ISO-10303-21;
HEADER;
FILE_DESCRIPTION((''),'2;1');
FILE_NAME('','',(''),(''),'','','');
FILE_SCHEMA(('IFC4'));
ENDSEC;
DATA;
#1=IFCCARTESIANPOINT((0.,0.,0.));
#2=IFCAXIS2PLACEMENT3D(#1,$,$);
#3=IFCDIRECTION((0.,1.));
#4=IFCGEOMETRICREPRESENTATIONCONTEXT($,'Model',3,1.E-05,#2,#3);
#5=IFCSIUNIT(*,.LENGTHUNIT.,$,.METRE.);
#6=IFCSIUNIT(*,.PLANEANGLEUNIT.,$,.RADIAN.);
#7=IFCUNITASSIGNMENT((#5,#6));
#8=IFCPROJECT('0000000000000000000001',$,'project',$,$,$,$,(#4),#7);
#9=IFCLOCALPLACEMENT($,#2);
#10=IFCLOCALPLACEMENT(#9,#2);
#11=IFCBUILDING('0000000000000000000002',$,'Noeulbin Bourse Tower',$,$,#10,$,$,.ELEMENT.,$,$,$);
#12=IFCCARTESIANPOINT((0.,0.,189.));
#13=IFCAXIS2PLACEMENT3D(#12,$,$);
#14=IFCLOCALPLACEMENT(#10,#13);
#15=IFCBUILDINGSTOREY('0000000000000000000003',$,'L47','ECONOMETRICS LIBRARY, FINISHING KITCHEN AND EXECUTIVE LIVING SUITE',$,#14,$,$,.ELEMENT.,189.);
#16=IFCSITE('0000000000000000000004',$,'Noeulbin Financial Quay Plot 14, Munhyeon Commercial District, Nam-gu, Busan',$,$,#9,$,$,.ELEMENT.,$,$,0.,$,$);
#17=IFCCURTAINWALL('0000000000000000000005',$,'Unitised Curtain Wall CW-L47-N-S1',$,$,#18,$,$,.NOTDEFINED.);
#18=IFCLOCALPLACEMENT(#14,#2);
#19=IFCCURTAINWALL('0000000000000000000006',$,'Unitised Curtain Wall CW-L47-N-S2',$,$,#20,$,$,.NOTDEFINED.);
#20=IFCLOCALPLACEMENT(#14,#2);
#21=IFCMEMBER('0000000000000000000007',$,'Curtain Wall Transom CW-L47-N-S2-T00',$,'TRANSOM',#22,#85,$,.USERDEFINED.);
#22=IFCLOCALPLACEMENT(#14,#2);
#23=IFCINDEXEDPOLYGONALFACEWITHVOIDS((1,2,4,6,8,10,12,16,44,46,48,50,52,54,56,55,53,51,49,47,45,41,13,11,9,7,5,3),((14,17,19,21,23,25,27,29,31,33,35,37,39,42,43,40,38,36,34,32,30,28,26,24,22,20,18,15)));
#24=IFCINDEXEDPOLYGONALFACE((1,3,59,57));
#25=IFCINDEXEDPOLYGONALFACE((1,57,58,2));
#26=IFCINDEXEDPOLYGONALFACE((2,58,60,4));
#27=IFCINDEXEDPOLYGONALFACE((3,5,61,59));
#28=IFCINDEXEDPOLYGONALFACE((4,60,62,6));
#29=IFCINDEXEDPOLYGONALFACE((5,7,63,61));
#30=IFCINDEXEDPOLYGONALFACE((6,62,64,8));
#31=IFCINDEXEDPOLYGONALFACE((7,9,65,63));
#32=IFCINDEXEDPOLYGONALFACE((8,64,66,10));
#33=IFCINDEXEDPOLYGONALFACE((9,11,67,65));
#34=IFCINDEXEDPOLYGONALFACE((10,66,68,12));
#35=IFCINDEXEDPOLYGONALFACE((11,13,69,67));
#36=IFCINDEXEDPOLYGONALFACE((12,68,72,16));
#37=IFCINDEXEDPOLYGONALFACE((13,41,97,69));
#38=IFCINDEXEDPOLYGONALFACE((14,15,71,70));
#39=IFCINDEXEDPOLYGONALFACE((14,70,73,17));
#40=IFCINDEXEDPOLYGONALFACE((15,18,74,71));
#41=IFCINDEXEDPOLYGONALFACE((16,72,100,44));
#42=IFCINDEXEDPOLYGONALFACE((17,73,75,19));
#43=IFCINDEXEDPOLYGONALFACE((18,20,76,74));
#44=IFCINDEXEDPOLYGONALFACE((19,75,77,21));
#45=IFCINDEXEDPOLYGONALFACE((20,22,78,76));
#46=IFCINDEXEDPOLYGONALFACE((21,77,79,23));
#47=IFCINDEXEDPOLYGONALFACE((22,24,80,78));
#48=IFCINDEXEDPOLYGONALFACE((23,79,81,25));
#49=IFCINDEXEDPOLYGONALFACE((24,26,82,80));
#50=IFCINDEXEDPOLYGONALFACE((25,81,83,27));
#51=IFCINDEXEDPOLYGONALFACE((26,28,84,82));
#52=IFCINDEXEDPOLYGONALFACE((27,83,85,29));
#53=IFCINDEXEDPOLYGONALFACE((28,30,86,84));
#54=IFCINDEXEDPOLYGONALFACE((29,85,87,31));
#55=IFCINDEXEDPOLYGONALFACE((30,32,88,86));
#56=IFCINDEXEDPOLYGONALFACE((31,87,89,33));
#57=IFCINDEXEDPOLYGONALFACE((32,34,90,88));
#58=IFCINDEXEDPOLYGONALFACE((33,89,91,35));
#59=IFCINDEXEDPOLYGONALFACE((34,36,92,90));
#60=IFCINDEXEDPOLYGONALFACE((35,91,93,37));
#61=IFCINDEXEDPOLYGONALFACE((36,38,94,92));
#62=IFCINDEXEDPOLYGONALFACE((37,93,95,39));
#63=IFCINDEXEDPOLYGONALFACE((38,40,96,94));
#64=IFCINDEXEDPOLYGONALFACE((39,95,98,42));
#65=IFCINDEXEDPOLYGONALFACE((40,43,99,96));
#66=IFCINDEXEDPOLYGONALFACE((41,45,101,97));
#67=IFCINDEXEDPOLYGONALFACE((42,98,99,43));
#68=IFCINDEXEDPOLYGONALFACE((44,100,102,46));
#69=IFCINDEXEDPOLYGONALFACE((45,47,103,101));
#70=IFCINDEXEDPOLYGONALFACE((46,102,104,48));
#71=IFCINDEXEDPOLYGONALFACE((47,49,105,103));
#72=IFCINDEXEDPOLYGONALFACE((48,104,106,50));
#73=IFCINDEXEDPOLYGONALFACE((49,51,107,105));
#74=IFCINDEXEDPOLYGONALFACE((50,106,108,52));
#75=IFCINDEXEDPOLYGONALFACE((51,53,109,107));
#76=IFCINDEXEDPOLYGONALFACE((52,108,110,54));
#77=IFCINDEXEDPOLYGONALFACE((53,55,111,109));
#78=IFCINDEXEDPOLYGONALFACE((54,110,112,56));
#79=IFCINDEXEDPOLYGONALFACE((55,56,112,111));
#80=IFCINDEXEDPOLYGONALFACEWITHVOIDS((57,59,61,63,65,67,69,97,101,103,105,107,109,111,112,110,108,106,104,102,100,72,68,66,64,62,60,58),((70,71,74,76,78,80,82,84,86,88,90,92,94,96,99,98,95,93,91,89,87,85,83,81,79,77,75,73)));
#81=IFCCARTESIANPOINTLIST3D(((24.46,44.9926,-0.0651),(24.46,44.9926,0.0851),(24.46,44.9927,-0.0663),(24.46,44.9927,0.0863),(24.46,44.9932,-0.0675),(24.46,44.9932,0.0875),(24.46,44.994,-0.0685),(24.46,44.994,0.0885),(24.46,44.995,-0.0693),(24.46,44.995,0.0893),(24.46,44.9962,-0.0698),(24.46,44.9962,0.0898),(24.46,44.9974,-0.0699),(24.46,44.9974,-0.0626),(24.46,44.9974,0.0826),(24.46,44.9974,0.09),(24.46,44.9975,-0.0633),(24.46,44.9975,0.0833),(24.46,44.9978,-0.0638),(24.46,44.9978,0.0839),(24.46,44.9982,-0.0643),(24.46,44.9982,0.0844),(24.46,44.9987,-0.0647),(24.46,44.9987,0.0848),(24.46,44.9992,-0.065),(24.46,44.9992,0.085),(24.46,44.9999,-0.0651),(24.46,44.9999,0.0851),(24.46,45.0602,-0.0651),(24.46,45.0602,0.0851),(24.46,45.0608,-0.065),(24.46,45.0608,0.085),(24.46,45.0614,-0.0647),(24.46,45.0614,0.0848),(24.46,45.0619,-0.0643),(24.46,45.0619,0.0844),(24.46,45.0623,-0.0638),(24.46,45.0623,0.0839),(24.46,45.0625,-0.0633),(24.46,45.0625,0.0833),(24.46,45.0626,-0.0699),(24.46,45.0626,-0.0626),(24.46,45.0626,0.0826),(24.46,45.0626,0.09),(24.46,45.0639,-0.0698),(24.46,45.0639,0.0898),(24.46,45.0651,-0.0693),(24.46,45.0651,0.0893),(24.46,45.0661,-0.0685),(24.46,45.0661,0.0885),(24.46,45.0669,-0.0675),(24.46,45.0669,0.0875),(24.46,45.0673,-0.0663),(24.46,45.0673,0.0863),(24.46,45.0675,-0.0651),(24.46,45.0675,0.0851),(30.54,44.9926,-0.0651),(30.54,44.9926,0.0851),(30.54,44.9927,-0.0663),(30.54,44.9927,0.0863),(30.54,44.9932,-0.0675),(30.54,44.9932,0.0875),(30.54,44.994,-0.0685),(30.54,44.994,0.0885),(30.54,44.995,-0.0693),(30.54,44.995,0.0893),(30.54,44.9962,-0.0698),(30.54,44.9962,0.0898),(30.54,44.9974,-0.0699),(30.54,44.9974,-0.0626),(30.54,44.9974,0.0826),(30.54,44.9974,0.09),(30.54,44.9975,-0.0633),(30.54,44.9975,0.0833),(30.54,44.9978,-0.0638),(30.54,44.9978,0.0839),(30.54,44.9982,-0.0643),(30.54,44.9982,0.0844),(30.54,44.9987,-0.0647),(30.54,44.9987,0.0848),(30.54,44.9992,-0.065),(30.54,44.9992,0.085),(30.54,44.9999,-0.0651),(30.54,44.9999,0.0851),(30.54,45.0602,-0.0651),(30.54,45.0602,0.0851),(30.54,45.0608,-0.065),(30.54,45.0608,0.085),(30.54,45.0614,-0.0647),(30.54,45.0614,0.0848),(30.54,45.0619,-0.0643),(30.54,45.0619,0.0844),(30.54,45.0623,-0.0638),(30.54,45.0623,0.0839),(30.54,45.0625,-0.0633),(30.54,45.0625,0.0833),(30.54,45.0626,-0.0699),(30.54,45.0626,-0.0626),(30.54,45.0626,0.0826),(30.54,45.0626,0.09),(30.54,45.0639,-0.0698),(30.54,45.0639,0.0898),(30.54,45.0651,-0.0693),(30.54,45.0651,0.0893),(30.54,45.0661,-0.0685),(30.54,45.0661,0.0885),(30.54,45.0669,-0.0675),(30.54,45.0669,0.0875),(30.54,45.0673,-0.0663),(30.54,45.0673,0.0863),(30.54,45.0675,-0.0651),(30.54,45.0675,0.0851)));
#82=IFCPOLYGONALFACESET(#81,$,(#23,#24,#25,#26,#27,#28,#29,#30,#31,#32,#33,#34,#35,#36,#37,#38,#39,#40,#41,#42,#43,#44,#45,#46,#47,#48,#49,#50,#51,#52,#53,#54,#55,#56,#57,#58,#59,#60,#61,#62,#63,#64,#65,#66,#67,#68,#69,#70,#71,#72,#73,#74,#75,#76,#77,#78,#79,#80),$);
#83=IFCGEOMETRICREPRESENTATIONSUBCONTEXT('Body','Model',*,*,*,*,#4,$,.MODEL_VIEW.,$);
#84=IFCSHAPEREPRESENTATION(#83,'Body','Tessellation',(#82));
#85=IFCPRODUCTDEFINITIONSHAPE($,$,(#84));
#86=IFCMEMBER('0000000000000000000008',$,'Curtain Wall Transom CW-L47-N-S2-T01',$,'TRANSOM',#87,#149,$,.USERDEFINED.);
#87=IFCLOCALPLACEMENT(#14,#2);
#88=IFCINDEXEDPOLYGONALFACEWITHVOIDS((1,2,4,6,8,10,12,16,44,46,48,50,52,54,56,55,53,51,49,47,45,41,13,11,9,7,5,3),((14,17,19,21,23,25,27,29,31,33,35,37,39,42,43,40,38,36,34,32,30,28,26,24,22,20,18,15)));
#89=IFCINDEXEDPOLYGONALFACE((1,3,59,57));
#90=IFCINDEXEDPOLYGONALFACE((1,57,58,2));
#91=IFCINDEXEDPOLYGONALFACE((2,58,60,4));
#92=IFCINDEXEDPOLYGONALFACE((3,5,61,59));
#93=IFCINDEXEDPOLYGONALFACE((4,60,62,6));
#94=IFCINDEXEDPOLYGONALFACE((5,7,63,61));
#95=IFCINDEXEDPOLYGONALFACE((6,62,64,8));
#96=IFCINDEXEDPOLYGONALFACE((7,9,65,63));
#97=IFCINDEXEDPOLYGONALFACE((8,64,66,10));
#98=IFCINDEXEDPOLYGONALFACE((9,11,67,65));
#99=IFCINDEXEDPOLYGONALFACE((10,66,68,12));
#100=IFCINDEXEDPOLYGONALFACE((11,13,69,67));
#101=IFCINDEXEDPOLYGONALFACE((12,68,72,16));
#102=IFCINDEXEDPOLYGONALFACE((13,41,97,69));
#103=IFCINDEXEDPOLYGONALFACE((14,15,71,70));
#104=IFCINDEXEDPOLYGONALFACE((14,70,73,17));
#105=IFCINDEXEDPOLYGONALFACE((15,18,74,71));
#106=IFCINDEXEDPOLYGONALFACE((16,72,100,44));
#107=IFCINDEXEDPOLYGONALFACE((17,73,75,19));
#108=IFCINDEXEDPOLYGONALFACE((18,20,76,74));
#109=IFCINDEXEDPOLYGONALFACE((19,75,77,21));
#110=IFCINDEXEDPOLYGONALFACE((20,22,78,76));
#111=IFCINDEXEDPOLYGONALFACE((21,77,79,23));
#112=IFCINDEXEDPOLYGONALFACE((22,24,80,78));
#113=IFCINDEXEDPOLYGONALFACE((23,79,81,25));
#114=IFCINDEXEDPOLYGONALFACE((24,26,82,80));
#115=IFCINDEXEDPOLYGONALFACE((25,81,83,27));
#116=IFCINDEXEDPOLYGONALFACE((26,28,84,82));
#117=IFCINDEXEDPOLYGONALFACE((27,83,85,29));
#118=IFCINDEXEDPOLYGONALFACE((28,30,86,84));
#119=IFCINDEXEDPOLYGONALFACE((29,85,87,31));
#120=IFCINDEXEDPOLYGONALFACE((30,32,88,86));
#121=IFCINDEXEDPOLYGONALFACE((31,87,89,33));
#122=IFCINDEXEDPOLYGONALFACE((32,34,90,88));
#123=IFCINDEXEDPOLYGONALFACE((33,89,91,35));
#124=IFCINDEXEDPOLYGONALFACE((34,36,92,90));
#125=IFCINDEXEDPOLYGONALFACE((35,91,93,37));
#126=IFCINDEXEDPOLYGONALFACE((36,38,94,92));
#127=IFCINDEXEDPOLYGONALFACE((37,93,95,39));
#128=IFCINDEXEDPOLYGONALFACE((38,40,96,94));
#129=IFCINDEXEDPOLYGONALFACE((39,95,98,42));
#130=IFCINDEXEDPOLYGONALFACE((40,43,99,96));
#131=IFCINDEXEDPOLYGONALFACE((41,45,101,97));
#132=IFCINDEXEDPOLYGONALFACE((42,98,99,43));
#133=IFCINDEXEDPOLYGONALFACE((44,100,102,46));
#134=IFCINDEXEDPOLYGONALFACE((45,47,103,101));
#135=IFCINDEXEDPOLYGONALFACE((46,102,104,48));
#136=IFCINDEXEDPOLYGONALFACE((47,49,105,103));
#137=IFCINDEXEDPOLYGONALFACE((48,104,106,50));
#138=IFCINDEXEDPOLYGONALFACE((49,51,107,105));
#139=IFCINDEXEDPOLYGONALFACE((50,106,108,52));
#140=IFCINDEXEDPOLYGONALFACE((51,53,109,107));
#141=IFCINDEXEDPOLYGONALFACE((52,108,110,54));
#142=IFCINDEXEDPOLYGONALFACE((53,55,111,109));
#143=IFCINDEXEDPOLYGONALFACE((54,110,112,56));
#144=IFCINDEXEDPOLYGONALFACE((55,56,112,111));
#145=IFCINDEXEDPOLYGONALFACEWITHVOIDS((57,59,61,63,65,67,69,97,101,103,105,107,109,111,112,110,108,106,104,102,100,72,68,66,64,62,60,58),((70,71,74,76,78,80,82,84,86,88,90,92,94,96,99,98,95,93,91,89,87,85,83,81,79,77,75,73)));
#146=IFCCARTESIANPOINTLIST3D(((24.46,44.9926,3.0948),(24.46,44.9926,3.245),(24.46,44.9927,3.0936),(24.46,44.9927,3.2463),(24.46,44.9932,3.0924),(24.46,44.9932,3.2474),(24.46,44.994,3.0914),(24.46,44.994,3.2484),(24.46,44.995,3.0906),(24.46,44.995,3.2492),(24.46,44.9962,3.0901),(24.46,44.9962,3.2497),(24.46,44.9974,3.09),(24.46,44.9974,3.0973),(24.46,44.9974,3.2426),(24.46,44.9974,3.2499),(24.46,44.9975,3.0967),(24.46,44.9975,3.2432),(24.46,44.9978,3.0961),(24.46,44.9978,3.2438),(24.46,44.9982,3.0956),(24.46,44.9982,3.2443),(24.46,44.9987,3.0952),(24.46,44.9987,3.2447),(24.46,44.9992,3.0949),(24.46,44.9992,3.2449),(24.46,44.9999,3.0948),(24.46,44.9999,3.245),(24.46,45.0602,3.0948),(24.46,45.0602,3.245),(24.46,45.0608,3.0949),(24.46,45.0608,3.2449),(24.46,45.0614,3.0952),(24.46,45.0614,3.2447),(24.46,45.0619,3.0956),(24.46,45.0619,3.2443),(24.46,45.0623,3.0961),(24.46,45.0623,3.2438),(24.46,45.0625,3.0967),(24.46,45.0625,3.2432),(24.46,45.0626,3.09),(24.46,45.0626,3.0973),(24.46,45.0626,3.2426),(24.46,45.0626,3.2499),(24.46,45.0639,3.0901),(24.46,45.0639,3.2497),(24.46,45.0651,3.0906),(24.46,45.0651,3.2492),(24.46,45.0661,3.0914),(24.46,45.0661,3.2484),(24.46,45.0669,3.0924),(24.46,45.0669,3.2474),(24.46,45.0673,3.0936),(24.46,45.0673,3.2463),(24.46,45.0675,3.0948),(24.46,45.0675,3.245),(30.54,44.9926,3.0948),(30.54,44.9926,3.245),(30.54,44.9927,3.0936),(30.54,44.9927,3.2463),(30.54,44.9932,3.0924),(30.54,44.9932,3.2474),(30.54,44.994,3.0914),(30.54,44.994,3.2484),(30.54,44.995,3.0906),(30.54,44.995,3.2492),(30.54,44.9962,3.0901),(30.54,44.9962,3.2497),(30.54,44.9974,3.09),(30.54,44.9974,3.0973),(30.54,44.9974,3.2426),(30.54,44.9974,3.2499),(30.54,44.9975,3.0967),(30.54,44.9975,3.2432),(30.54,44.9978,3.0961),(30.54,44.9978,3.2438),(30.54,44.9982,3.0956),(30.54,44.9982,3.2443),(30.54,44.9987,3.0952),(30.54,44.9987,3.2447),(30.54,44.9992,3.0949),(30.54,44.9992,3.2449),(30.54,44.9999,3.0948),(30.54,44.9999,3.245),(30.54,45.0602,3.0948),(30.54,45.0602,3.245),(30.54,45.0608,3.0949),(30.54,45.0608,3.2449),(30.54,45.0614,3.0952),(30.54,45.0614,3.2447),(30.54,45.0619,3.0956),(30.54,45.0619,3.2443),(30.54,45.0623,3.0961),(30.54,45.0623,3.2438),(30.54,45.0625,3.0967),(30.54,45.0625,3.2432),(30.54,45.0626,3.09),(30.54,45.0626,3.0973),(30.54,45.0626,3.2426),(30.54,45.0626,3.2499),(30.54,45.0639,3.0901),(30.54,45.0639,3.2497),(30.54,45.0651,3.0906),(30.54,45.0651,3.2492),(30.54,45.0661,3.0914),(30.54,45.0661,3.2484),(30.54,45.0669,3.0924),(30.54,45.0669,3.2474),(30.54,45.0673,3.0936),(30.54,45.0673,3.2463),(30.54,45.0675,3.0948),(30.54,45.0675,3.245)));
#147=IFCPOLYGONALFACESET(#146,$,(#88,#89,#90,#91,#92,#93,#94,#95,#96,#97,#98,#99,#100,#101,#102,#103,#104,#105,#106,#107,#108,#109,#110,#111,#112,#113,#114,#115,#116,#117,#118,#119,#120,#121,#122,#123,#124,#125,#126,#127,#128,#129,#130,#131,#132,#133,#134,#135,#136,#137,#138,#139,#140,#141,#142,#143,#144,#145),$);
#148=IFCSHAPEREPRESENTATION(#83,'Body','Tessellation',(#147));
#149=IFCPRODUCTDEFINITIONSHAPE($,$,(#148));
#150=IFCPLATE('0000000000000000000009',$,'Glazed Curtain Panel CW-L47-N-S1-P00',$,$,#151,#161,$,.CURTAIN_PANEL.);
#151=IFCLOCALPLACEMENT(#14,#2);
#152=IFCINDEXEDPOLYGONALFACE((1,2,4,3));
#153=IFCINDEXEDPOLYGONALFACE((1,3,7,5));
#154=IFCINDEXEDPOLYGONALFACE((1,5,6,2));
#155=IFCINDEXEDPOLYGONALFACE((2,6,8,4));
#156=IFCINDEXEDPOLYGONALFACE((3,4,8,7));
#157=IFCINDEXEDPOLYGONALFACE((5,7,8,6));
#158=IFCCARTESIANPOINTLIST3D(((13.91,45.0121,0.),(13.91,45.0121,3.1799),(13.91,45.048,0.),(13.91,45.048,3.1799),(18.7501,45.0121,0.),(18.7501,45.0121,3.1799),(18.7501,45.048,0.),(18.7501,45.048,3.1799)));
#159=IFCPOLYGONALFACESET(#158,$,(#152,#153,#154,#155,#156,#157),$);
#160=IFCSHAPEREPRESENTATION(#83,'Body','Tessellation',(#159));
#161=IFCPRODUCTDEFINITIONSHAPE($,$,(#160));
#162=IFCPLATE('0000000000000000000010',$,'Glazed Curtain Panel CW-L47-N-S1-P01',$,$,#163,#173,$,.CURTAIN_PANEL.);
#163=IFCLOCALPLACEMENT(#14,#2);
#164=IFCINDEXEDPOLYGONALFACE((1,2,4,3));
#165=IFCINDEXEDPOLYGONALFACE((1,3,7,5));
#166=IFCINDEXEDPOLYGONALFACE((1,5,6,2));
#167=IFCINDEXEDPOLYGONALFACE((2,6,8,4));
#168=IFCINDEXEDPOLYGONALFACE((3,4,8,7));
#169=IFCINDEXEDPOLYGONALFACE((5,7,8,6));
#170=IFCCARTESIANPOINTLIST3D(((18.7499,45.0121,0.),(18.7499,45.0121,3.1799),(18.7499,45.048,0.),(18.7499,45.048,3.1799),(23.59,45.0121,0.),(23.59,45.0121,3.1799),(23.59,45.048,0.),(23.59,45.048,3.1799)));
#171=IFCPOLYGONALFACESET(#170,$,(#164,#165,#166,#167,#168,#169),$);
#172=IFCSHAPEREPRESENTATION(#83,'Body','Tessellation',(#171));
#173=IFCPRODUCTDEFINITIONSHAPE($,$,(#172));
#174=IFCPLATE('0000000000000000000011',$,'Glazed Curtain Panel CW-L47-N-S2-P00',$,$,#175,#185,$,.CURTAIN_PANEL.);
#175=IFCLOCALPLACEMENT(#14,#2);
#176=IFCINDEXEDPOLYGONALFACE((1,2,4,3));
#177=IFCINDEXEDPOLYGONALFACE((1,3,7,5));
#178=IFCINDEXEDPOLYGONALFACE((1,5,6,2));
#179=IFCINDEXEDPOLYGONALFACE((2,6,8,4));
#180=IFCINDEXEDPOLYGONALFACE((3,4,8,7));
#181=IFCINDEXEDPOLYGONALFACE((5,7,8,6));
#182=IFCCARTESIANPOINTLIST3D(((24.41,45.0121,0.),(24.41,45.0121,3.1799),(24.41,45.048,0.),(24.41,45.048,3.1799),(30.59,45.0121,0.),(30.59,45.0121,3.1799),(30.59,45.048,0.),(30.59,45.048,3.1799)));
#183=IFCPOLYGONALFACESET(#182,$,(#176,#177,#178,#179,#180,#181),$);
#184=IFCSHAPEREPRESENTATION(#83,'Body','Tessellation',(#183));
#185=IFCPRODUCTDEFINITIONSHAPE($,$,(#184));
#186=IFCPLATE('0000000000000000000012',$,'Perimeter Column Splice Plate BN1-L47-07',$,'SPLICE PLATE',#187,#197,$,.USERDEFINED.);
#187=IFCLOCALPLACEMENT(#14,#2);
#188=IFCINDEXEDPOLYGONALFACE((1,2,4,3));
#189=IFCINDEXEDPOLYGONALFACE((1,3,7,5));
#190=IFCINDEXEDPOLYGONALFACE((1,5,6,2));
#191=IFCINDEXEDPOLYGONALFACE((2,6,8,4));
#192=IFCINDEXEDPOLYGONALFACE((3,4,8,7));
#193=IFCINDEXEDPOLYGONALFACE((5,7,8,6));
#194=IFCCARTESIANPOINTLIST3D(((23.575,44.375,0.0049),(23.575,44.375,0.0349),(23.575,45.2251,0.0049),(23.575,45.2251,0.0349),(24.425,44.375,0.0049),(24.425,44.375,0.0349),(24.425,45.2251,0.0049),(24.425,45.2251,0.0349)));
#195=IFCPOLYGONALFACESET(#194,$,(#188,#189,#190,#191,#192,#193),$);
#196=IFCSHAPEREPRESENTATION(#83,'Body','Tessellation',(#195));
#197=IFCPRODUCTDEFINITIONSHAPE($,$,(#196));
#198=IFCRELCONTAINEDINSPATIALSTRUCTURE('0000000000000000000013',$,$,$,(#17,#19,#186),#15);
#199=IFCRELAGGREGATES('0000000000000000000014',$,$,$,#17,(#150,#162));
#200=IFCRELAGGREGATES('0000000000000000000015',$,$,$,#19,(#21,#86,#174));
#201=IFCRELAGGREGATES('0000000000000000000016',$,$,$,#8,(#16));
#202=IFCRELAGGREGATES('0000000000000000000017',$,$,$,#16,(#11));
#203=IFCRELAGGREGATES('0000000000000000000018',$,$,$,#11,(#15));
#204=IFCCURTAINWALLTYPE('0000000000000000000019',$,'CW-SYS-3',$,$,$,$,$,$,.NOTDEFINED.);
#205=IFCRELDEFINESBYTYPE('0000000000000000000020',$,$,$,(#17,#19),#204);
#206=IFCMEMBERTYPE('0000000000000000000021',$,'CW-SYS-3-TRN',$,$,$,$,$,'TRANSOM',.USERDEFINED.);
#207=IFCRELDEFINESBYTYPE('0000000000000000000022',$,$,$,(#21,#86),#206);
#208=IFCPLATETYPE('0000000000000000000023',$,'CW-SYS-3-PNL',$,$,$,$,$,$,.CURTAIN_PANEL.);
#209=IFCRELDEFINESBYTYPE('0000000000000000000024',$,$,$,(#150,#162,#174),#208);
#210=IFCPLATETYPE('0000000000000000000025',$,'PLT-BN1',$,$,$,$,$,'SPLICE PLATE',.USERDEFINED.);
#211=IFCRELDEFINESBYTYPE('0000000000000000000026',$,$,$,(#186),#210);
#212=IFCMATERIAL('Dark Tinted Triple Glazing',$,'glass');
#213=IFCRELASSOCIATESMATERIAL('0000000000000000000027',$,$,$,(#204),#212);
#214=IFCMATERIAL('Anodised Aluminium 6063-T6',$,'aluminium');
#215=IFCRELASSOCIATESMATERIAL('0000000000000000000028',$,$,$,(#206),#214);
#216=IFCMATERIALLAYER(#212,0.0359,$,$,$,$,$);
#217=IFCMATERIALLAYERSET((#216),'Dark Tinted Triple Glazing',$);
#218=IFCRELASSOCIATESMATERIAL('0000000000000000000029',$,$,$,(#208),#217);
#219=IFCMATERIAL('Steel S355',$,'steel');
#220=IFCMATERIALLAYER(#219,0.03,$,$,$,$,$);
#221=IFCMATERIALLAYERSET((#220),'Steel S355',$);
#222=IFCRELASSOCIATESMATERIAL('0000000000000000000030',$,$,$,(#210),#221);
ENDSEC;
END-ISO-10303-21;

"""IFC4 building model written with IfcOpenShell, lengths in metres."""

from ifc_helpers import new_model, si_unit, direction, frame, origin, origin_2d, place, context, subcontext, project, spatial, rectangle, hollow_rectangle, extrude, material, layer, layer_set, material_profile, profile_set, type_object, element, aggregate, save


model = new_model("IFC4")

# Units and contexts
model_context = context("Model", 3, precision=1e-05, world=origin(), true_north=direction((0.0, 1.0)))
body_context = subcontext(model_context, "Body", "Model", "MODEL_VIEW")
ifc_project = project(units=[si_unit("LENGTHUNIT", "METRE"), si_unit("PLANEANGLEUNIT", "RADIAN")], contexts=[model_context])

# Site, building, storey
site_placement = place(None, origin())
site = spatial("IfcSite", under=ifc_project, at=site_placement, Name="Noeulbin Financial Quay Plot 14, Munhyeon Commercial District, Nam-gu, Busan", CompositionType="ELEMENT", RefElevation=0.0)
building_placement = place(site_placement, origin())
building = spatial("IfcBuilding", under=site, at=building_placement, Name="Noeulbin Bourse Tower", CompositionType="ELEMENT")
storey_placement = place(building_placement, frame((0.0, 0.0, 189.0)))
storey = spatial("IfcBuildingStorey", under=building, at=storey_placement, Name="L47", Description="ECONOMETRICS LIBRARY, FINISHING KITCHEN AND EXECUTIVE LIVING SUITE", CompositionType="ELEMENT", Elevation=189.0)

# Shared definitions
ifc_material_1 = material(Name="Steel S355", Category="steel")

# Curtain walls, members
ifc_material_2 = material(Name="Dark Tinted Triple Glazing", Category="glass")
curtain_wall_type = type_object("IfcCurtainWallType", Name="CW-SYS-3", PredefinedType="NOTDEFINED", material=ifc_material_2)
curtain_wall_1_placement = place(storey_placement, origin())
curtain_wall_1 = element("IfcCurtainWall", 1, at=curtain_wall_1_placement, inside=storey, type_object=curtain_wall_type, Name="Unitised Curtain Wall CW-L47-N-S1", PredefinedType="NOTDEFINED")
ifc_material_3 = material(Name="Anodised Aluminium 6063-T6", Category="aluminium")
curtain_wall_2_placement = place(storey_placement, origin())
curtain_wall_2 = element("IfcCurtainWall", 2, at=curtain_wall_2_placement, inside=storey, type_object=curtain_wall_type, Name="Unitised Curtain Wall CW-L47-N-S2", PredefinedType="NOTDEFINED")
ifc_material_profile_1 = material_profile(ifc_material_3, hollow_rectangle(XDim=0.075, YDim=0.1599, WallThickness=0.0049, InnerFilletRadius=0.0024, OuterFilletRadius=0.0049, at=origin_2d()), Name="ALU-TRAN-75x160x5", Category="LoadBearing")
ifc_profile_set_1 = profile_set([ifc_material_profile_1], Name="Anodised Aluminium 6063-T6")
member_type_1 = type_object("IfcMemberType", Name="CW-SYS-3-TRN", ElementType="TRANSOM", PredefinedType="USERDEFINED", material=ifc_profile_set_1)
member_1_placement = place(storey_placement, frame((24.46, 45.03, 0.01), z_axis=(1.0, 0.0, 0.0), x_axis=(0.0, 1.0, 0.0)))
member_1 = element("IfcMember", 3, at=member_1_placement, type_object=member_type_1, Name="Curtain Wall Transom CW-L47-N-S2-T00", ObjectType="TRANSOM", PredefinedType="USERDEFINED", context=body_context, shape_type="SweptSolid", body=[
    extrude(hollow_rectangle(XDim=0.075, YDim=0.1599, WallThickness=0.0049, InnerFilletRadius=0.0024, OuterFilletRadius=0.0049, at=origin_2d()), origin(), (0.0, 0.0, 1.0), 6.0801),
])
member_2_placement = place(storey_placement, frame((24.46, 45.03, 3.1699), z_axis=(1.0, 0.0, 0.0), x_axis=(0.0, 1.0, 0.0)))
member_2 = element("IfcMember", 4, at=member_2_placement, type_object=member_type_1, Name="Curtain Wall Transom CW-L47-N-S2-T01", ObjectType="TRANSOM", PredefinedType="USERDEFINED", context=body_context, shape_type="SweptSolid", body=[
    extrude(hollow_rectangle(XDim=0.075, YDim=0.1599, WallThickness=0.0049, InnerFilletRadius=0.0024, OuterFilletRadius=0.0049, at=origin_2d()), origin(), (0.0, 0.0, 1.0), 6.0801),
])

# Plates
ifc_layer_1 = layer(ifc_material_2, 0.0359)
ifc_layer_set_1 = layer_set([ifc_layer_1], Name="Dark Tinted Triple Glazing")
plate_type_1 = type_object("IfcPlateType", Name="CW-SYS-3-PNL", PredefinedType="CURTAIN_PANEL", material=ifc_layer_set_1)
plate_1_placement = place(storey_placement, frame((16.3301, 45.03, 0.0), z_axis=(0.0, 0.0, 1.0), x_axis=(1.0, 0.0, 0.0)))
plate_1 = element("IfcPlate", 5, at=plate_1_placement, type_object=plate_type_1, Name="Glazed Curtain Panel CW-L47-N-S1-P00", PredefinedType="CURTAIN_PANEL", context=body_context, shape_type="SweptSolid", body=[
    extrude(rectangle(XDim=4.8401, YDim=0.0359, at=origin_2d()), origin(), (0.0, 0.0, 1.0), 3.1799),
])
plate_2_placement = place(storey_placement, frame((21.1699, 45.03, 0.0), z_axis=(0.0, 0.0, 1.0), x_axis=(1.0, 0.0, 0.0)))
plate_2 = element("IfcPlate", 6, at=plate_2_placement, type_object=plate_type_1, Name="Glazed Curtain Panel CW-L47-N-S1-P01", PredefinedType="CURTAIN_PANEL", context=body_context, shape_type="SweptSolid", body=[
    extrude(rectangle(XDim=4.8401, YDim=0.0359, at=origin_2d()), origin(), (0.0, 0.0, 1.0), 3.1799),
])
aggregate(curtain_wall_1, [plate_1, plate_2])
plate_3_placement = place(storey_placement, frame((27.5, 45.03, 0.0), z_axis=(0.0, 0.0, 1.0), x_axis=(1.0, 0.0, 0.0)))
plate_3 = element("IfcPlate", 7, at=plate_3_placement, type_object=plate_type_1, Name="Glazed Curtain Panel CW-L47-N-S2-P00", PredefinedType="CURTAIN_PANEL", context=body_context, shape_type="SweptSolid", body=[
    extrude(rectangle(XDim=6.1799, YDim=0.0359, at=origin_2d()), origin(), (0.0, 0.0, 1.0), 3.1799),
])
aggregate(curtain_wall_2, [member_1, member_2, plate_3])
ifc_layer_2 = layer(ifc_material_1, 0.03)
ifc_layer_set_2 = layer_set([ifc_layer_2], Name="Steel S355")
plate_type_2 = type_object("IfcPlateType", Name="PLT-BN1", ElementType="SPLICE PLATE", PredefinedType="USERDEFINED", material=ifc_layer_set_2)
plate_4_placement = place(storey_placement, frame((24.0, 44.8, 0.0049), z_axis=(0.0, 0.0, 1.0), x_axis=(1.0, 0.0, 0.0)))
element("IfcPlate", 8, at=plate_4_placement, inside=storey, type_object=plate_type_2, Name="Perimeter Column Splice Plate BN1-L47-07", ObjectType="SPLICE PLATE", PredefinedType="USERDEFINED", context=body_context, shape_type="SweptSolid", body=[
    extrude(rectangle(XDim=0.8501, YDim=0.8501, at=origin_2d()), origin(), (0.0, 0.0, 1.0), 0.03),
])

save(model, "model.ifc")
